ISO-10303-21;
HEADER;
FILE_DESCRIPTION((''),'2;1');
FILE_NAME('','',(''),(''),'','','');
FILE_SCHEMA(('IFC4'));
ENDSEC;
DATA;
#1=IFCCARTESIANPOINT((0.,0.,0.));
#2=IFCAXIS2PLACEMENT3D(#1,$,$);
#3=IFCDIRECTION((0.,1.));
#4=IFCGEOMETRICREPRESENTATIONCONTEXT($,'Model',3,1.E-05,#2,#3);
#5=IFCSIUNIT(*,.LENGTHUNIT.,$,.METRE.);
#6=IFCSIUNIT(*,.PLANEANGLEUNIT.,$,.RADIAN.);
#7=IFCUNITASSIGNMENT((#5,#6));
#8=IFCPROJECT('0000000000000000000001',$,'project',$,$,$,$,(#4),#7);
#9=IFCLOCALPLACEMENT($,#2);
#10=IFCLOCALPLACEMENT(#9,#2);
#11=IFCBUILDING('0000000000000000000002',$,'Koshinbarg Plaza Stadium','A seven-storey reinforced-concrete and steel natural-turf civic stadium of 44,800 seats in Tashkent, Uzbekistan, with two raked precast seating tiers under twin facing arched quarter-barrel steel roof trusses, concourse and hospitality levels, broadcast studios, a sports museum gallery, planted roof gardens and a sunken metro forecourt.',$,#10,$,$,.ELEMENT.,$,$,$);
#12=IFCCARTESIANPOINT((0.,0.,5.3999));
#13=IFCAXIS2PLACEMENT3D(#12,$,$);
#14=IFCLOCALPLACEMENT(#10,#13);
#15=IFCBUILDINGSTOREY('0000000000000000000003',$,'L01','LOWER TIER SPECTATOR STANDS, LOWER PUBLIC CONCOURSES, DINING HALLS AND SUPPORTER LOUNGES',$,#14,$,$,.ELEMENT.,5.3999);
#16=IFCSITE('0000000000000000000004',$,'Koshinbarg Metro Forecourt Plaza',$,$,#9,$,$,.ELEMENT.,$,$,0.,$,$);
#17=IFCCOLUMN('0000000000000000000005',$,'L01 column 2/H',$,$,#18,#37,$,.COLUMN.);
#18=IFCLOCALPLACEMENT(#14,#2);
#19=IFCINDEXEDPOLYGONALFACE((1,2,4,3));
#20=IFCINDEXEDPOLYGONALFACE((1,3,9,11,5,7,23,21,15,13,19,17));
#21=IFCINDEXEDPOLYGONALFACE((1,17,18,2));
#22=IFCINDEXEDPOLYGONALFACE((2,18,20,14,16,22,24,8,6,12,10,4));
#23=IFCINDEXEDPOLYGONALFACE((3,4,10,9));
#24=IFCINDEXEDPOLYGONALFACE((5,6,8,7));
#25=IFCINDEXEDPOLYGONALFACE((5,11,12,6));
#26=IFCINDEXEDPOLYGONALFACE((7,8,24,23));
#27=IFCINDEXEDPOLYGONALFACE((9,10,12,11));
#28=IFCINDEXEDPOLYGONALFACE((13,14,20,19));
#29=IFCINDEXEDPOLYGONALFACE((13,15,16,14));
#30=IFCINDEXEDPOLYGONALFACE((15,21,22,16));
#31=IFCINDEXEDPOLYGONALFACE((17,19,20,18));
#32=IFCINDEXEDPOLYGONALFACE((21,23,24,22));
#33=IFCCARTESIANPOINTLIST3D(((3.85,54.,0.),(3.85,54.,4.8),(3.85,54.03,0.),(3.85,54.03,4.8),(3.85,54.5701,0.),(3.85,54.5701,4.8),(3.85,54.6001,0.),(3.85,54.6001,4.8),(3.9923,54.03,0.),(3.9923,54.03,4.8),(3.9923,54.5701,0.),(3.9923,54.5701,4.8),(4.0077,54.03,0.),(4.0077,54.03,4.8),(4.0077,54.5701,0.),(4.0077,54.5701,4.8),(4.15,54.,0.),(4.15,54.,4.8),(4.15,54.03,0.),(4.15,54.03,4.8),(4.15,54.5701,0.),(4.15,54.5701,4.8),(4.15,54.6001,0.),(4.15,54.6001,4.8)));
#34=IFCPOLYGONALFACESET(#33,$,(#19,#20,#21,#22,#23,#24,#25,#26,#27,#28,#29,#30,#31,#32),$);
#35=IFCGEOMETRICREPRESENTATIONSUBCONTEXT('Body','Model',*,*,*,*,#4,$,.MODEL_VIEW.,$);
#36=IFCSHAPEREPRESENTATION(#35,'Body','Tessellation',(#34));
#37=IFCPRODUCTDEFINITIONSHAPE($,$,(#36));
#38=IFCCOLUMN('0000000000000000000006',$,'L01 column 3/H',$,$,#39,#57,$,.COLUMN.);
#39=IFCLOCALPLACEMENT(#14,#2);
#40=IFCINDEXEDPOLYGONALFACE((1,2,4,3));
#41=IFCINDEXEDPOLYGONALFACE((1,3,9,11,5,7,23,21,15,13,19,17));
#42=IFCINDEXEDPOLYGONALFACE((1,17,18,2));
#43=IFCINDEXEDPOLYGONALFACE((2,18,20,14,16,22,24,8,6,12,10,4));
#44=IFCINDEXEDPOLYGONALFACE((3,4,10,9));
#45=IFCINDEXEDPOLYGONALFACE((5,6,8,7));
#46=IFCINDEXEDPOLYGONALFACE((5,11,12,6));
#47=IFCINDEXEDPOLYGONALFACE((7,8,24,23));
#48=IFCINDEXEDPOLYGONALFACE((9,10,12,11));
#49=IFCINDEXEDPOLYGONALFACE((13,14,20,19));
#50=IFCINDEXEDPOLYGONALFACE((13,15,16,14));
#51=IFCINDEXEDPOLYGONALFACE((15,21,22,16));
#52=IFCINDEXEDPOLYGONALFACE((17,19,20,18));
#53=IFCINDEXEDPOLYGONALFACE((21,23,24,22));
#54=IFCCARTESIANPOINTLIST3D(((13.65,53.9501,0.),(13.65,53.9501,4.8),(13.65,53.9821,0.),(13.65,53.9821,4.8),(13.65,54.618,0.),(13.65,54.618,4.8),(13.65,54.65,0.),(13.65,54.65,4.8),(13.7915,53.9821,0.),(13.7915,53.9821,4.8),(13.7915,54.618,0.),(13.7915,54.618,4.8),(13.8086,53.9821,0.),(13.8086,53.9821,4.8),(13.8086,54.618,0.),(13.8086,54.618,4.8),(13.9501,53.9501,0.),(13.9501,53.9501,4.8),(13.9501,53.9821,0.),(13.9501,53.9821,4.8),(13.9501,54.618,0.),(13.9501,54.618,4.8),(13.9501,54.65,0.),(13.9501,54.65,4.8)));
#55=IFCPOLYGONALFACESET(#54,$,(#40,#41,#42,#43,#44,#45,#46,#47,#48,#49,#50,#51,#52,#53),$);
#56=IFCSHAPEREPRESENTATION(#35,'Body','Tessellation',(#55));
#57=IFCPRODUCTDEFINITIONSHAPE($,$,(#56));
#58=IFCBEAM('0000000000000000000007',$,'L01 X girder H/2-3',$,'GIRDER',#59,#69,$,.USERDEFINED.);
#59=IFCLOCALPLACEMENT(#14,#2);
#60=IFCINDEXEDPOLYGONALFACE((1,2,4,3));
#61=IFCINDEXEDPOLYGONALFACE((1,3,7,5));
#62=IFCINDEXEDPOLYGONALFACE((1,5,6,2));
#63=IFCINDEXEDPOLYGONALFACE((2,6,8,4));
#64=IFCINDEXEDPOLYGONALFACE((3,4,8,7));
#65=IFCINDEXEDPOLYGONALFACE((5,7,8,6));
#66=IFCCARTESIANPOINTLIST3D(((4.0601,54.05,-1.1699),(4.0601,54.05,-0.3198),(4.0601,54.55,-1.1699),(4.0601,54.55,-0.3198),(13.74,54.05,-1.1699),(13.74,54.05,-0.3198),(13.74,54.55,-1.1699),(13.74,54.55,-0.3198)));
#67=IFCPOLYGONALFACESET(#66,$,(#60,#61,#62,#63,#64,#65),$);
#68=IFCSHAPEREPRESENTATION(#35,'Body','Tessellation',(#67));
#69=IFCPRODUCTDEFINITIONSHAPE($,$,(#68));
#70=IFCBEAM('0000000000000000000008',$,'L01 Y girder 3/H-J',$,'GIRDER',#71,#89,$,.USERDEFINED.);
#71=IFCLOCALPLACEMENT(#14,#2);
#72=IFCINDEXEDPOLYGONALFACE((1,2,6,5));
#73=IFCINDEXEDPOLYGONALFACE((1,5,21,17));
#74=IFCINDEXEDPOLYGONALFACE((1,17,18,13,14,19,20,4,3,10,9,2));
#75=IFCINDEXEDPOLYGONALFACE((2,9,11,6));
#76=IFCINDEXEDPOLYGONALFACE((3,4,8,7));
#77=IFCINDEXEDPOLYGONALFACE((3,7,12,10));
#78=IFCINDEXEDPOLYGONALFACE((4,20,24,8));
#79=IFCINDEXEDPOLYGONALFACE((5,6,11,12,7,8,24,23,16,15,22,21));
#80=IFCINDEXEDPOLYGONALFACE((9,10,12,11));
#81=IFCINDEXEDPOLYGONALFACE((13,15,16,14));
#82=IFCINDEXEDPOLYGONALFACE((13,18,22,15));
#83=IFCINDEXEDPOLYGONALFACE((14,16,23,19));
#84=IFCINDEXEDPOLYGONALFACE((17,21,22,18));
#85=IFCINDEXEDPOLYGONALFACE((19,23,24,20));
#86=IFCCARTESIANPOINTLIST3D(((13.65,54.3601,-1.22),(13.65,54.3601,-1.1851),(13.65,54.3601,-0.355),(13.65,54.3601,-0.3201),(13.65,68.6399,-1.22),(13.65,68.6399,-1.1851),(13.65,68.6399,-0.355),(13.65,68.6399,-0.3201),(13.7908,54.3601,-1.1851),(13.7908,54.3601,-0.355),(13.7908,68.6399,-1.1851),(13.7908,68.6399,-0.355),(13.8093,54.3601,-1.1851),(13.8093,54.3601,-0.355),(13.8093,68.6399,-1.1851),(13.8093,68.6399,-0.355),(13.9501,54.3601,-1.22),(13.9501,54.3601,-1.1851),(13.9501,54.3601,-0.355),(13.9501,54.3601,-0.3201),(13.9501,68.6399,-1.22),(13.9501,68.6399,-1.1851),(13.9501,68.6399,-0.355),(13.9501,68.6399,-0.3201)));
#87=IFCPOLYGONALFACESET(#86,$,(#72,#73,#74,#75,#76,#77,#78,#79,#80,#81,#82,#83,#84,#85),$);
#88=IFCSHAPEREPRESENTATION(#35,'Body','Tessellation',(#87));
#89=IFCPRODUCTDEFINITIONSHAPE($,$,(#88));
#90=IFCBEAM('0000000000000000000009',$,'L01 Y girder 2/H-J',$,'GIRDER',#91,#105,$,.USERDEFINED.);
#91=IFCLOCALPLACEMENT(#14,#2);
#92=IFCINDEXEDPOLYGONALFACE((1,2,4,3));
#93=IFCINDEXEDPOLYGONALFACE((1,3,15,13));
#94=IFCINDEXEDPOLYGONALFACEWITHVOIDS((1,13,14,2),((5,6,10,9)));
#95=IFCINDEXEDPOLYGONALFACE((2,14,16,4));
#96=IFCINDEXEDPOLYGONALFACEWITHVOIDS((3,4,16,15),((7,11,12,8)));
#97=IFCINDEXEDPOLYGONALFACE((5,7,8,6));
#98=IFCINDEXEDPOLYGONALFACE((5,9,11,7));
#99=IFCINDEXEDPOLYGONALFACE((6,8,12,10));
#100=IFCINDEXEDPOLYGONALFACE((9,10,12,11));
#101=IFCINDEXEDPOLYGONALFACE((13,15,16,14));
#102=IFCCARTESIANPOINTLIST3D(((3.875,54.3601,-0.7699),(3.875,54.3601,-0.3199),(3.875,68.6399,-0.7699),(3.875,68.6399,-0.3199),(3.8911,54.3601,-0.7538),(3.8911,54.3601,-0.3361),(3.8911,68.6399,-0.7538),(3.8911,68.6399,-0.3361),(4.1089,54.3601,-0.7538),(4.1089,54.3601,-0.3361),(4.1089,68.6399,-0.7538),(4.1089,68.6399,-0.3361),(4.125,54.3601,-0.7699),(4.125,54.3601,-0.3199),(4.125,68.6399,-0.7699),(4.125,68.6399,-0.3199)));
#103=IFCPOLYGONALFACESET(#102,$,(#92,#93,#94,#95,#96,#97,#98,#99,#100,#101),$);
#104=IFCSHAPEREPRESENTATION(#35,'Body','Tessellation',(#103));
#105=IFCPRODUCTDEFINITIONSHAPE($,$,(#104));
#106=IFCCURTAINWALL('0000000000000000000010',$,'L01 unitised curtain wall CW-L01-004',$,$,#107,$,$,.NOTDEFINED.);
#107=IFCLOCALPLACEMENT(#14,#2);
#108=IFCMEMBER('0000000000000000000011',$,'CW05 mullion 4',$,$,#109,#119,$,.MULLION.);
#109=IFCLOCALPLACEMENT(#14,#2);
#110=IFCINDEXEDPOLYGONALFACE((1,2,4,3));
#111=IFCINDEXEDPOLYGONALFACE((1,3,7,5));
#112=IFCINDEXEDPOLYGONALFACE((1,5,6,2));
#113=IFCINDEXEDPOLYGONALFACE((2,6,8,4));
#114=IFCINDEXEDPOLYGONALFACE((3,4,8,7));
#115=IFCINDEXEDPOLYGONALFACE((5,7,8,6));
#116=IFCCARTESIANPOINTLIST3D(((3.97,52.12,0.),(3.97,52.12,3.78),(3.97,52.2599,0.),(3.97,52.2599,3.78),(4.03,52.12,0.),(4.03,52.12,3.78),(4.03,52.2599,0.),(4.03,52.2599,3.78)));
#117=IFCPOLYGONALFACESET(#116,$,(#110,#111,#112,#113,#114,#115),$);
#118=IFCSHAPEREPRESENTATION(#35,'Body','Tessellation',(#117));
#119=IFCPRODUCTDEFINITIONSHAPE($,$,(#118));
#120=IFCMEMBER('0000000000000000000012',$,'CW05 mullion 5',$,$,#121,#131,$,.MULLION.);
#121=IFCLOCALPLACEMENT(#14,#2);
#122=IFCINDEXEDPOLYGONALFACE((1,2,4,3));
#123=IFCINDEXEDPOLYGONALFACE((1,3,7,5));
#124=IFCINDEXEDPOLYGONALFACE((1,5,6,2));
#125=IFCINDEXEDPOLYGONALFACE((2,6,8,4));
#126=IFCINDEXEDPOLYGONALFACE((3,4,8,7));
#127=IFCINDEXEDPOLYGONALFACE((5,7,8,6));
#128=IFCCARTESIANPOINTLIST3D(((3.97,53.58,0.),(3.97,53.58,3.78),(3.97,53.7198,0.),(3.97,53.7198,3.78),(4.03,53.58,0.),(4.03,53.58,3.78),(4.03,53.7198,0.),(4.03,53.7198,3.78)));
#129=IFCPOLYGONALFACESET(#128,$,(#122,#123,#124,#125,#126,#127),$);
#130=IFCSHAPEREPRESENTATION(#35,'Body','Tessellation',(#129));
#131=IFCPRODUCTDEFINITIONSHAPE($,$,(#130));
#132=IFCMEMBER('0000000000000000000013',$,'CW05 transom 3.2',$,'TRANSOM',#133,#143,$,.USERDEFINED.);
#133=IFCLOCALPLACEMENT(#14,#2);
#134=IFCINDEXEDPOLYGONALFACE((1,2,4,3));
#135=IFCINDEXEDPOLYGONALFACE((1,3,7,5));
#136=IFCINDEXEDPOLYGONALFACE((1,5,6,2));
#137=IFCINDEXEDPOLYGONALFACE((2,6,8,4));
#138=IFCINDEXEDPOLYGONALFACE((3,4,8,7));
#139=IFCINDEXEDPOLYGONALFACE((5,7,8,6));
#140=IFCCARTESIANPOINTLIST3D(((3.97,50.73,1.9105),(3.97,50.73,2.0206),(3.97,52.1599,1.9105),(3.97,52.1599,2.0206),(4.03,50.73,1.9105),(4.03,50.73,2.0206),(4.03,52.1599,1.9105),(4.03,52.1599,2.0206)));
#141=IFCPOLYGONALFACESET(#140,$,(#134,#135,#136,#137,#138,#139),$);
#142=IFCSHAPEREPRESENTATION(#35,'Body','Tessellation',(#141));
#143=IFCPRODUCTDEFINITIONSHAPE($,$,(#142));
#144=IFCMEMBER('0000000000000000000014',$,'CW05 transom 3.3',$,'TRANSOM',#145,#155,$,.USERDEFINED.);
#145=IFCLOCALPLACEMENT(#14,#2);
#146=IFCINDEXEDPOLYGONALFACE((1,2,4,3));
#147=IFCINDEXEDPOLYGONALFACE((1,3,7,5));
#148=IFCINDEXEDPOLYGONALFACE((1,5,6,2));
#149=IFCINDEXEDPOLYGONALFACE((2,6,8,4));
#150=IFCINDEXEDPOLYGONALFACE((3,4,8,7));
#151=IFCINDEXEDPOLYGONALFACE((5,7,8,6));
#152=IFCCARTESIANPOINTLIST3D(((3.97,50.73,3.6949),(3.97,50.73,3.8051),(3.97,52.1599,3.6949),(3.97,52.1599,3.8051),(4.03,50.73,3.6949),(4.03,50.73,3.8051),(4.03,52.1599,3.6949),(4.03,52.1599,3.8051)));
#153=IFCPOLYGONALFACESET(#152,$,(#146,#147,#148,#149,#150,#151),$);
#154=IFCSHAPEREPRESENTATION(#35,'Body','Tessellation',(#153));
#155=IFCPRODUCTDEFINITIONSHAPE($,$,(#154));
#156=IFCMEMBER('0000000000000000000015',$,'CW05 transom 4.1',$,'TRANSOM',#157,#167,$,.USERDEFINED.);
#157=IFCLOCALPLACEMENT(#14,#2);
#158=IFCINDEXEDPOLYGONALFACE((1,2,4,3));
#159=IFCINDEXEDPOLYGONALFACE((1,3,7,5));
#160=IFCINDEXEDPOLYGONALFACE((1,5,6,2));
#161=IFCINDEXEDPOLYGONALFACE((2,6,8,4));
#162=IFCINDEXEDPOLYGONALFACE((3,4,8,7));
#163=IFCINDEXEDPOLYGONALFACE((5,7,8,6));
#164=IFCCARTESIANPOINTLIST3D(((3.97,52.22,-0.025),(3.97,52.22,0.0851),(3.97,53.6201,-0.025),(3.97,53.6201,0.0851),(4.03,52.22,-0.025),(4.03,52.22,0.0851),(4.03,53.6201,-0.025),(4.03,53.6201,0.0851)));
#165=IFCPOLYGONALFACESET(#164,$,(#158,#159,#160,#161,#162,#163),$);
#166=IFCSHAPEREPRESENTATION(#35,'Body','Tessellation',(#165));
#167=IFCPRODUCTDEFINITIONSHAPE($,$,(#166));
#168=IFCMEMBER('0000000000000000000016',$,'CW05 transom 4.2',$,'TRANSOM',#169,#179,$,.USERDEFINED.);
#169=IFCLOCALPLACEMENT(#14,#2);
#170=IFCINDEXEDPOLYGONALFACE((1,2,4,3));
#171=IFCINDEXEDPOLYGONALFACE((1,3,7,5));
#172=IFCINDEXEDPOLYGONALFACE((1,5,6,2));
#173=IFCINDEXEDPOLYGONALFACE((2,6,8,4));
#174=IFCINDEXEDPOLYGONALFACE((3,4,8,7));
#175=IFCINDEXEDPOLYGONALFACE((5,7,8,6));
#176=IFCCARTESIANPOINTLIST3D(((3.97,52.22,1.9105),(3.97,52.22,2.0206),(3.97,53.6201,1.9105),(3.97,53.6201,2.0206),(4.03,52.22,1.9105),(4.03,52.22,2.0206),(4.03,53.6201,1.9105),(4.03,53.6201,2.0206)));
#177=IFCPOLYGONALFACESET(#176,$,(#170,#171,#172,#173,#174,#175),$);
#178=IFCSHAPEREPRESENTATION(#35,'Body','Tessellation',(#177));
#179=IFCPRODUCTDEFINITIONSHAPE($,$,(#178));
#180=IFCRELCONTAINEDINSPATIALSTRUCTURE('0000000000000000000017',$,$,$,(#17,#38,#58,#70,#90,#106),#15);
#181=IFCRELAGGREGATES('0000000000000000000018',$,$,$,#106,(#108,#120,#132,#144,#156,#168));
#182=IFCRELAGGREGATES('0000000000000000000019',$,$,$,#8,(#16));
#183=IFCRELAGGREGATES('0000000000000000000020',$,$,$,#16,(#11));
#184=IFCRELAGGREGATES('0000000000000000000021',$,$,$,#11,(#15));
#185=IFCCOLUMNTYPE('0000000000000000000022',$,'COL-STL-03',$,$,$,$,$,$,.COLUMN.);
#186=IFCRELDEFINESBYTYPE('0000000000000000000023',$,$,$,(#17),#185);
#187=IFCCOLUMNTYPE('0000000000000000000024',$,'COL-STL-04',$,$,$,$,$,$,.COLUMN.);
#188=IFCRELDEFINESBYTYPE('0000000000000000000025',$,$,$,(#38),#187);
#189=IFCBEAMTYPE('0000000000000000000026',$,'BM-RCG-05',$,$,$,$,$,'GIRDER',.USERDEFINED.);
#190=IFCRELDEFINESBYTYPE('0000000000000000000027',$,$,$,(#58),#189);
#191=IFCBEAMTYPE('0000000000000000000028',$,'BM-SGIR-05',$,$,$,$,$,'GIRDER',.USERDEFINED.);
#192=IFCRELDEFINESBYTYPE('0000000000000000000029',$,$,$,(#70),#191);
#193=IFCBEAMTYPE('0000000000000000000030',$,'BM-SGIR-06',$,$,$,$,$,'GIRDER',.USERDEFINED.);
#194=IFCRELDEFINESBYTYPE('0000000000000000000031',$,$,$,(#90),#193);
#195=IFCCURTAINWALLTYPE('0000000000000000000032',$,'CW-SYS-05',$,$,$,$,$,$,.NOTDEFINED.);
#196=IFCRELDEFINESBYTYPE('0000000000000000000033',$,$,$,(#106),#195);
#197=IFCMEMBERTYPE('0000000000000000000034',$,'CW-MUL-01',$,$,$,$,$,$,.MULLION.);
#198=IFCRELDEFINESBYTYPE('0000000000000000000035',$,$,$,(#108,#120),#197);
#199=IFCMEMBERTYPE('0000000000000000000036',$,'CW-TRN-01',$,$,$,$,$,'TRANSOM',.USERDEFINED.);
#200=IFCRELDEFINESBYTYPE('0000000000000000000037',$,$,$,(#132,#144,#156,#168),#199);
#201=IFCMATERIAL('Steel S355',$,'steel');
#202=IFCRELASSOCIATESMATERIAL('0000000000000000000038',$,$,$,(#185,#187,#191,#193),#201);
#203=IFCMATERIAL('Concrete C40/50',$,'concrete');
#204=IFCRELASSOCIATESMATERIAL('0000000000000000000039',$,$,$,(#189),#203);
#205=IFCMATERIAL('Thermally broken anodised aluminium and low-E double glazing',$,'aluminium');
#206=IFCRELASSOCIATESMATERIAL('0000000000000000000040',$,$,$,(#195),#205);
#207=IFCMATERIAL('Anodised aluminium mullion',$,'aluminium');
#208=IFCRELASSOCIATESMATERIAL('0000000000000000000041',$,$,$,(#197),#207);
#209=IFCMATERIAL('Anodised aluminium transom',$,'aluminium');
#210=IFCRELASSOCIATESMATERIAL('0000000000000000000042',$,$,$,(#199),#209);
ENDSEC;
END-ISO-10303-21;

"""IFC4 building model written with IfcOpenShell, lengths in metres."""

from ifc_helpers import new_model, si_unit, direction, frame, origin, origin_2d, place, context, subcontext, project, spatial, rectangle, hollow_rectangle, i_section, extrude, material, material_profile, profile_set, type_object, element, aggregate, save


model = new_model("IFC4")

# Units and contexts
model_context = context("Model", 3, precision=1e-05, world=origin(), true_north=direction((0.0, 1.0)))
body_context = subcontext(model_context, "Body", "Model", "MODEL_VIEW")
ifc_project = project(units=[si_unit("LENGTHUNIT", "METRE"), si_unit("PLANEANGLEUNIT", "RADIAN")], contexts=[model_context])

# Site, building, storey
site_placement = place(None, origin())
site = spatial("IfcSite", under=ifc_project, at=site_placement, Name="Koshinbarg Metro Forecourt Plaza", CompositionType="ELEMENT", RefElevation=0.0)
building_placement = place(site_placement, origin())
building = spatial("IfcBuilding", under=site, at=building_placement, Name="Koshinbarg Plaza Stadium", Description="A seven-storey reinforced-concrete and steel natural-turf civic stadium of 44,800 seats in Tashkent, Uzbekistan, with two raked precast seating tiers under twin facing arched quarter-barrel steel roof trusses, concourse and hospitality levels, broadcast studios, a sports museum gallery, planted roof gardens and a sunken metro forecourt.", CompositionType="ELEMENT")
storey_placement = place(building_placement, frame((0.0, 0.0, 5.3999)))
storey = spatial("IfcBuildingStorey", under=building, at=storey_placement, Name="L01", Description="LOWER TIER SPECTATOR STANDS, LOWER PUBLIC CONCOURSES, DINING HALLS AND SUPPORTER LOUNGES", CompositionType="ELEMENT", Elevation=5.3999)

# Columns
ifc_material_1 = material(Name="Steel S355", Category="steel")
ifc_material_profile_1 = material_profile(ifc_material_1, i_section(OverallWidth=0.3, OverallDepth=0.6001, WebThickness=0.0154, FlangeThickness=0.03, at=origin_2d()), Name="HEB 600")
ifc_profile_set_1 = profile_set([ifc_material_profile_1], Name="Steel S355")
column_type_1 = type_object("IfcColumnType", Name="COL-STL-03", PredefinedType="COLUMN", material=ifc_profile_set_1)
column_1_placement = place(storey_placement, frame((4.0, 54.3, 0.0), z_axis=(0.0, 0.0, 1.0), x_axis=(1.0, 0.0, 0.0)))
element("IfcColumn", 1, at=column_1_placement, inside=storey, type_object=column_type_1, Name="L01 column 2/H", PredefinedType="COLUMN", context=body_context, shape_type="SweptSolid", body=[
    extrude(i_section(OverallWidth=0.3, OverallDepth=0.6001, WebThickness=0.0154, FlangeThickness=0.03, at=origin_2d()), origin(), (0.0, 0.0, 1.0), 4.8),
])
ifc_material_profile_2 = material_profile(ifc_material_1, i_section(OverallWidth=0.3, OverallDepth=0.7, WebThickness=0.0171, FlangeThickness=0.032, at=origin_2d()), Name="HEB 700")
ifc_profile_set_2 = profile_set([ifc_material_profile_2], Name="Steel S355")
column_type_2 = type_object("IfcColumnType", Name="COL-STL-04", PredefinedType="COLUMN", material=ifc_profile_set_2)
column_2_placement = place(storey_placement, frame((13.8, 54.3, 0.0), z_axis=(0.0, 0.0, 1.0), x_axis=(1.0, 0.0, 0.0)))
element("IfcColumn", 2, at=column_2_placement, inside=storey, type_object=column_type_2, Name="L01 column 3/H", PredefinedType="COLUMN", context=body_context, shape_type="SweptSolid", body=[
    extrude(i_section(OverallWidth=0.3, OverallDepth=0.7, WebThickness=0.0171, FlangeThickness=0.032, at=origin_2d()), origin(), (0.0, 0.0, 1.0), 4.8),
])

# Beams
ifc_material_2 = material(Name="Concrete C40/50", Category="concrete")
ifc_material_profile_3 = material_profile(ifc_material_2, rectangle(XDim=0.5, YDim=0.8501, at=origin_2d()), Name="RC 500x850")
ifc_profile_set_3 = profile_set([ifc_material_profile_3], Name="Concrete C40/50")
beam_type_1 = type_object("IfcBeamType", Name="BM-RCG-05", ElementType="GIRDER", PredefinedType="USERDEFINED", material=ifc_profile_set_3)
beam_1_placement = place(storey_placement, frame((4.0601, 54.3, -0.7449), z_axis=(1.0, 0.0, 0.0), x_axis=(0.0, 1.0, 0.0)))
element("IfcBeam", 3, at=beam_1_placement, inside=storey, type_object=beam_type_1, Name="L01 X girder H/2-3", ObjectType="GIRDER", PredefinedType="USERDEFINED", context=body_context, shape_type="SweptSolid", body=[
    extrude(rectangle(XDim=0.5, YDim=0.8501, at=origin_2d()), origin(), (0.0, 0.0, 1.0), 9.6799),
])
ifc_material_profile_4 = material_profile(ifc_material_1, i_section(OverallWidth=0.3, OverallDepth=0.8999, WebThickness=0.0186, FlangeThickness=0.0349, at=origin_2d()), Name="HEB 900")
ifc_profile_set_4 = profile_set([ifc_material_profile_4], Name="Steel S355")
beam_type_2 = type_object("IfcBeamType", Name="BM-SGIR-05", ElementType="GIRDER", PredefinedType="USERDEFINED", material=ifc_profile_set_4)
beam_2_placement = place(storey_placement, frame((13.8, 54.3601, -0.77), z_axis=(0.0, 1.0, 0.0), x_axis=(-1.0, 0.0, 0.0)))
element("IfcBeam", 4, at=beam_2_placement, inside=storey, type_object=beam_type_2, Name="L01 Y girder 3/H-J", ObjectType="GIRDER", PredefinedType="USERDEFINED", context=body_context, shape_type="SweptSolid", body=[
    extrude(i_section(OverallWidth=0.3, OverallDepth=0.8999, WebThickness=0.0186, FlangeThickness=0.0349, at=origin_2d()), origin(), (0.0, 0.0, 1.0), 14.2798),
])
ifc_material_profile_5 = material_profile(ifc_material_1, hollow_rectangle(XDim=0.25, YDim=0.45, WallThickness=0.0161, at=origin_2d()), Name="RHS 450x250x16")
ifc_profile_set_5 = profile_set([ifc_material_profile_5], Name="Steel S355")
beam_type_3 = type_object("IfcBeamType", Name="BM-SGIR-06", ElementType="GIRDER", PredefinedType="USERDEFINED", material=ifc_profile_set_5)
beam_3_placement = place(storey_placement, frame((4.0, 54.3601, -0.5449), z_axis=(0.0, 1.0, 0.0), x_axis=(-1.0, 0.0, 0.0)))
element("IfcBeam", 5, at=beam_3_placement, inside=storey, type_object=beam_type_3, Name="L01 Y girder 2/H-J", ObjectType="GIRDER", PredefinedType="USERDEFINED", context=body_context, shape_type="SweptSolid", body=[
    extrude(hollow_rectangle(XDim=0.25, YDim=0.45, WallThickness=0.0161, at=origin_2d()), origin(), (0.0, 0.0, 1.0), 14.2798),
])

# Curtain wall, members
ifc_material_3 = material(Name="Thermally broken anodised aluminium and low-E double glazing", Category="aluminium")
curtain_wall_type = type_object("IfcCurtainWallType", Name="CW-SYS-05", PredefinedType="NOTDEFINED", material=ifc_material_3)
curtain_wall_placement = place(storey_placement, origin())
curtain_wall = element("IfcCurtainWall", 6, at=curtain_wall_placement, inside=storey, type_object=curtain_wall_type, Name="L01 unitised curtain wall CW-L01-004", PredefinedType="NOTDEFINED")
ifc_material_4 = material(Name="Anodised aluminium mullion", Category="aluminium")
ifc_material_profile_6 = material_profile(ifc_material_4, rectangle(XDim=0.0601, YDim=0.1399, at=origin_2d()), Name="ALU 60x140")
ifc_profile_set_6 = profile_set([ifc_material_profile_6], Name="Anodised aluminium mullion")
member_type_1 = type_object("IfcMemberType", Name="CW-MUL-01", PredefinedType="MULLION", material=ifc_profile_set_6)
member_1_placement = place(storey_placement, frame((4.0, 52.1899, 0.0), z_axis=(0.0, 0.0, 1.0), x_axis=(-1.0, 0.0, 0.0)))
member_1 = element("IfcMember", 7, at=member_1_placement, type_object=member_type_1, Name="CW05 mullion 4", PredefinedType="MULLION", context=body_context, shape_type="SweptSolid", body=[
    extrude(rectangle(XDim=0.0601, YDim=0.1399, at=origin_2d()), origin(), (0.0, 0.0, 1.0), 3.78),
])
member_2_placement = place(storey_placement, frame((4.0, 53.6499, 0.0), z_axis=(0.0, 0.0, 1.0), x_axis=(-1.0, 0.0, 0.0)))
member_2 = element("IfcMember", 8, at=member_2_placement, type_object=member_type_1, Name="CW05 mullion 5", PredefinedType="MULLION", context=body_context, shape_type="SweptSolid", body=[
    extrude(rectangle(XDim=0.0601, YDim=0.1399, at=origin_2d()), origin(), (0.0, 0.0, 1.0), 3.78),
])
ifc_material_5 = material(Name="Anodised aluminium transom", Category="aluminium")
ifc_material_profile_7 = material_profile(ifc_material_5, rectangle(XDim=0.0601, YDim=0.1101, at=origin_2d()), Name="ALU 60x110")
ifc_profile_set_7 = profile_set([ifc_material_profile_7], Name="Anodised aluminium transom")
member_type_2 = type_object("IfcMemberType", Name="CW-TRN-01", ElementType="TRANSOM", PredefinedType="USERDEFINED", material=ifc_profile_set_7)
member_3_placement = place(storey_placement, frame((4.0, 50.73, 1.9656), z_axis=(0.0, 1.0, 0.0), x_axis=(-1.0, 0.0, 0.0)))
member_3 = element("IfcMember", 9, at=member_3_placement, type_object=member_type_2, Name="CW05 transom 3.2", ObjectType="TRANSOM", PredefinedType="USERDEFINED", context=body_context, shape_type="SweptSolid", body=[
    extrude(rectangle(XDim=0.0601, YDim=0.1101, at=origin_2d()), origin(), (0.0, 0.0, 1.0), 1.4299),
])
member_4_placement = place(storey_placement, frame((4.0, 50.73, 3.75), z_axis=(0.0, 1.0, 0.0), x_axis=(-1.0, 0.0, 0.0)))
member_4 = element("IfcMember", 10, at=member_4_placement, type_object=member_type_2, Name="CW05 transom 3.3", ObjectType="TRANSOM", PredefinedType="USERDEFINED", context=body_context, shape_type="SweptSolid", body=[
    extrude(rectangle(XDim=0.0601, YDim=0.1101, at=origin_2d()), origin(), (0.0, 0.0, 1.0), 1.4299),
])
member_5_placement = place(storey_placement, frame((4.0, 52.22, 0.03), z_axis=(0.0, 1.0, 0.0), x_axis=(-1.0, 0.0, 0.0)))
member_5 = element("IfcMember", 11, at=member_5_placement, type_object=member_type_2, Name="CW05 transom 4.1", ObjectType="TRANSOM", PredefinedType="USERDEFINED", context=body_context, shape_type="SweptSolid", body=[
    extrude(rectangle(XDim=0.0601, YDim=0.1101, at=origin_2d()), origin(), (0.0, 0.0, 1.0), 1.4001),
])
member_6_placement = place(storey_placement, frame((4.0, 52.22, 1.9656), z_axis=(0.0, 1.0, 0.0), x_axis=(-1.0, 0.0, 0.0)))
member_6 = element("IfcMember", 12, at=member_6_placement, type_object=member_type_2, Name="CW05 transom 4.2", ObjectType="TRANSOM", PredefinedType="USERDEFINED", context=body_context, shape_type="SweptSolid", body=[
    extrude(rectangle(XDim=0.0601, YDim=0.1101, at=origin_2d()), origin(), (0.0, 0.0, 1.0), 1.4001),
])
aggregate(curtain_wall, [member_1, member_2, member_3, member_4, member_5, member_6])

save(model, "model.ifc")
